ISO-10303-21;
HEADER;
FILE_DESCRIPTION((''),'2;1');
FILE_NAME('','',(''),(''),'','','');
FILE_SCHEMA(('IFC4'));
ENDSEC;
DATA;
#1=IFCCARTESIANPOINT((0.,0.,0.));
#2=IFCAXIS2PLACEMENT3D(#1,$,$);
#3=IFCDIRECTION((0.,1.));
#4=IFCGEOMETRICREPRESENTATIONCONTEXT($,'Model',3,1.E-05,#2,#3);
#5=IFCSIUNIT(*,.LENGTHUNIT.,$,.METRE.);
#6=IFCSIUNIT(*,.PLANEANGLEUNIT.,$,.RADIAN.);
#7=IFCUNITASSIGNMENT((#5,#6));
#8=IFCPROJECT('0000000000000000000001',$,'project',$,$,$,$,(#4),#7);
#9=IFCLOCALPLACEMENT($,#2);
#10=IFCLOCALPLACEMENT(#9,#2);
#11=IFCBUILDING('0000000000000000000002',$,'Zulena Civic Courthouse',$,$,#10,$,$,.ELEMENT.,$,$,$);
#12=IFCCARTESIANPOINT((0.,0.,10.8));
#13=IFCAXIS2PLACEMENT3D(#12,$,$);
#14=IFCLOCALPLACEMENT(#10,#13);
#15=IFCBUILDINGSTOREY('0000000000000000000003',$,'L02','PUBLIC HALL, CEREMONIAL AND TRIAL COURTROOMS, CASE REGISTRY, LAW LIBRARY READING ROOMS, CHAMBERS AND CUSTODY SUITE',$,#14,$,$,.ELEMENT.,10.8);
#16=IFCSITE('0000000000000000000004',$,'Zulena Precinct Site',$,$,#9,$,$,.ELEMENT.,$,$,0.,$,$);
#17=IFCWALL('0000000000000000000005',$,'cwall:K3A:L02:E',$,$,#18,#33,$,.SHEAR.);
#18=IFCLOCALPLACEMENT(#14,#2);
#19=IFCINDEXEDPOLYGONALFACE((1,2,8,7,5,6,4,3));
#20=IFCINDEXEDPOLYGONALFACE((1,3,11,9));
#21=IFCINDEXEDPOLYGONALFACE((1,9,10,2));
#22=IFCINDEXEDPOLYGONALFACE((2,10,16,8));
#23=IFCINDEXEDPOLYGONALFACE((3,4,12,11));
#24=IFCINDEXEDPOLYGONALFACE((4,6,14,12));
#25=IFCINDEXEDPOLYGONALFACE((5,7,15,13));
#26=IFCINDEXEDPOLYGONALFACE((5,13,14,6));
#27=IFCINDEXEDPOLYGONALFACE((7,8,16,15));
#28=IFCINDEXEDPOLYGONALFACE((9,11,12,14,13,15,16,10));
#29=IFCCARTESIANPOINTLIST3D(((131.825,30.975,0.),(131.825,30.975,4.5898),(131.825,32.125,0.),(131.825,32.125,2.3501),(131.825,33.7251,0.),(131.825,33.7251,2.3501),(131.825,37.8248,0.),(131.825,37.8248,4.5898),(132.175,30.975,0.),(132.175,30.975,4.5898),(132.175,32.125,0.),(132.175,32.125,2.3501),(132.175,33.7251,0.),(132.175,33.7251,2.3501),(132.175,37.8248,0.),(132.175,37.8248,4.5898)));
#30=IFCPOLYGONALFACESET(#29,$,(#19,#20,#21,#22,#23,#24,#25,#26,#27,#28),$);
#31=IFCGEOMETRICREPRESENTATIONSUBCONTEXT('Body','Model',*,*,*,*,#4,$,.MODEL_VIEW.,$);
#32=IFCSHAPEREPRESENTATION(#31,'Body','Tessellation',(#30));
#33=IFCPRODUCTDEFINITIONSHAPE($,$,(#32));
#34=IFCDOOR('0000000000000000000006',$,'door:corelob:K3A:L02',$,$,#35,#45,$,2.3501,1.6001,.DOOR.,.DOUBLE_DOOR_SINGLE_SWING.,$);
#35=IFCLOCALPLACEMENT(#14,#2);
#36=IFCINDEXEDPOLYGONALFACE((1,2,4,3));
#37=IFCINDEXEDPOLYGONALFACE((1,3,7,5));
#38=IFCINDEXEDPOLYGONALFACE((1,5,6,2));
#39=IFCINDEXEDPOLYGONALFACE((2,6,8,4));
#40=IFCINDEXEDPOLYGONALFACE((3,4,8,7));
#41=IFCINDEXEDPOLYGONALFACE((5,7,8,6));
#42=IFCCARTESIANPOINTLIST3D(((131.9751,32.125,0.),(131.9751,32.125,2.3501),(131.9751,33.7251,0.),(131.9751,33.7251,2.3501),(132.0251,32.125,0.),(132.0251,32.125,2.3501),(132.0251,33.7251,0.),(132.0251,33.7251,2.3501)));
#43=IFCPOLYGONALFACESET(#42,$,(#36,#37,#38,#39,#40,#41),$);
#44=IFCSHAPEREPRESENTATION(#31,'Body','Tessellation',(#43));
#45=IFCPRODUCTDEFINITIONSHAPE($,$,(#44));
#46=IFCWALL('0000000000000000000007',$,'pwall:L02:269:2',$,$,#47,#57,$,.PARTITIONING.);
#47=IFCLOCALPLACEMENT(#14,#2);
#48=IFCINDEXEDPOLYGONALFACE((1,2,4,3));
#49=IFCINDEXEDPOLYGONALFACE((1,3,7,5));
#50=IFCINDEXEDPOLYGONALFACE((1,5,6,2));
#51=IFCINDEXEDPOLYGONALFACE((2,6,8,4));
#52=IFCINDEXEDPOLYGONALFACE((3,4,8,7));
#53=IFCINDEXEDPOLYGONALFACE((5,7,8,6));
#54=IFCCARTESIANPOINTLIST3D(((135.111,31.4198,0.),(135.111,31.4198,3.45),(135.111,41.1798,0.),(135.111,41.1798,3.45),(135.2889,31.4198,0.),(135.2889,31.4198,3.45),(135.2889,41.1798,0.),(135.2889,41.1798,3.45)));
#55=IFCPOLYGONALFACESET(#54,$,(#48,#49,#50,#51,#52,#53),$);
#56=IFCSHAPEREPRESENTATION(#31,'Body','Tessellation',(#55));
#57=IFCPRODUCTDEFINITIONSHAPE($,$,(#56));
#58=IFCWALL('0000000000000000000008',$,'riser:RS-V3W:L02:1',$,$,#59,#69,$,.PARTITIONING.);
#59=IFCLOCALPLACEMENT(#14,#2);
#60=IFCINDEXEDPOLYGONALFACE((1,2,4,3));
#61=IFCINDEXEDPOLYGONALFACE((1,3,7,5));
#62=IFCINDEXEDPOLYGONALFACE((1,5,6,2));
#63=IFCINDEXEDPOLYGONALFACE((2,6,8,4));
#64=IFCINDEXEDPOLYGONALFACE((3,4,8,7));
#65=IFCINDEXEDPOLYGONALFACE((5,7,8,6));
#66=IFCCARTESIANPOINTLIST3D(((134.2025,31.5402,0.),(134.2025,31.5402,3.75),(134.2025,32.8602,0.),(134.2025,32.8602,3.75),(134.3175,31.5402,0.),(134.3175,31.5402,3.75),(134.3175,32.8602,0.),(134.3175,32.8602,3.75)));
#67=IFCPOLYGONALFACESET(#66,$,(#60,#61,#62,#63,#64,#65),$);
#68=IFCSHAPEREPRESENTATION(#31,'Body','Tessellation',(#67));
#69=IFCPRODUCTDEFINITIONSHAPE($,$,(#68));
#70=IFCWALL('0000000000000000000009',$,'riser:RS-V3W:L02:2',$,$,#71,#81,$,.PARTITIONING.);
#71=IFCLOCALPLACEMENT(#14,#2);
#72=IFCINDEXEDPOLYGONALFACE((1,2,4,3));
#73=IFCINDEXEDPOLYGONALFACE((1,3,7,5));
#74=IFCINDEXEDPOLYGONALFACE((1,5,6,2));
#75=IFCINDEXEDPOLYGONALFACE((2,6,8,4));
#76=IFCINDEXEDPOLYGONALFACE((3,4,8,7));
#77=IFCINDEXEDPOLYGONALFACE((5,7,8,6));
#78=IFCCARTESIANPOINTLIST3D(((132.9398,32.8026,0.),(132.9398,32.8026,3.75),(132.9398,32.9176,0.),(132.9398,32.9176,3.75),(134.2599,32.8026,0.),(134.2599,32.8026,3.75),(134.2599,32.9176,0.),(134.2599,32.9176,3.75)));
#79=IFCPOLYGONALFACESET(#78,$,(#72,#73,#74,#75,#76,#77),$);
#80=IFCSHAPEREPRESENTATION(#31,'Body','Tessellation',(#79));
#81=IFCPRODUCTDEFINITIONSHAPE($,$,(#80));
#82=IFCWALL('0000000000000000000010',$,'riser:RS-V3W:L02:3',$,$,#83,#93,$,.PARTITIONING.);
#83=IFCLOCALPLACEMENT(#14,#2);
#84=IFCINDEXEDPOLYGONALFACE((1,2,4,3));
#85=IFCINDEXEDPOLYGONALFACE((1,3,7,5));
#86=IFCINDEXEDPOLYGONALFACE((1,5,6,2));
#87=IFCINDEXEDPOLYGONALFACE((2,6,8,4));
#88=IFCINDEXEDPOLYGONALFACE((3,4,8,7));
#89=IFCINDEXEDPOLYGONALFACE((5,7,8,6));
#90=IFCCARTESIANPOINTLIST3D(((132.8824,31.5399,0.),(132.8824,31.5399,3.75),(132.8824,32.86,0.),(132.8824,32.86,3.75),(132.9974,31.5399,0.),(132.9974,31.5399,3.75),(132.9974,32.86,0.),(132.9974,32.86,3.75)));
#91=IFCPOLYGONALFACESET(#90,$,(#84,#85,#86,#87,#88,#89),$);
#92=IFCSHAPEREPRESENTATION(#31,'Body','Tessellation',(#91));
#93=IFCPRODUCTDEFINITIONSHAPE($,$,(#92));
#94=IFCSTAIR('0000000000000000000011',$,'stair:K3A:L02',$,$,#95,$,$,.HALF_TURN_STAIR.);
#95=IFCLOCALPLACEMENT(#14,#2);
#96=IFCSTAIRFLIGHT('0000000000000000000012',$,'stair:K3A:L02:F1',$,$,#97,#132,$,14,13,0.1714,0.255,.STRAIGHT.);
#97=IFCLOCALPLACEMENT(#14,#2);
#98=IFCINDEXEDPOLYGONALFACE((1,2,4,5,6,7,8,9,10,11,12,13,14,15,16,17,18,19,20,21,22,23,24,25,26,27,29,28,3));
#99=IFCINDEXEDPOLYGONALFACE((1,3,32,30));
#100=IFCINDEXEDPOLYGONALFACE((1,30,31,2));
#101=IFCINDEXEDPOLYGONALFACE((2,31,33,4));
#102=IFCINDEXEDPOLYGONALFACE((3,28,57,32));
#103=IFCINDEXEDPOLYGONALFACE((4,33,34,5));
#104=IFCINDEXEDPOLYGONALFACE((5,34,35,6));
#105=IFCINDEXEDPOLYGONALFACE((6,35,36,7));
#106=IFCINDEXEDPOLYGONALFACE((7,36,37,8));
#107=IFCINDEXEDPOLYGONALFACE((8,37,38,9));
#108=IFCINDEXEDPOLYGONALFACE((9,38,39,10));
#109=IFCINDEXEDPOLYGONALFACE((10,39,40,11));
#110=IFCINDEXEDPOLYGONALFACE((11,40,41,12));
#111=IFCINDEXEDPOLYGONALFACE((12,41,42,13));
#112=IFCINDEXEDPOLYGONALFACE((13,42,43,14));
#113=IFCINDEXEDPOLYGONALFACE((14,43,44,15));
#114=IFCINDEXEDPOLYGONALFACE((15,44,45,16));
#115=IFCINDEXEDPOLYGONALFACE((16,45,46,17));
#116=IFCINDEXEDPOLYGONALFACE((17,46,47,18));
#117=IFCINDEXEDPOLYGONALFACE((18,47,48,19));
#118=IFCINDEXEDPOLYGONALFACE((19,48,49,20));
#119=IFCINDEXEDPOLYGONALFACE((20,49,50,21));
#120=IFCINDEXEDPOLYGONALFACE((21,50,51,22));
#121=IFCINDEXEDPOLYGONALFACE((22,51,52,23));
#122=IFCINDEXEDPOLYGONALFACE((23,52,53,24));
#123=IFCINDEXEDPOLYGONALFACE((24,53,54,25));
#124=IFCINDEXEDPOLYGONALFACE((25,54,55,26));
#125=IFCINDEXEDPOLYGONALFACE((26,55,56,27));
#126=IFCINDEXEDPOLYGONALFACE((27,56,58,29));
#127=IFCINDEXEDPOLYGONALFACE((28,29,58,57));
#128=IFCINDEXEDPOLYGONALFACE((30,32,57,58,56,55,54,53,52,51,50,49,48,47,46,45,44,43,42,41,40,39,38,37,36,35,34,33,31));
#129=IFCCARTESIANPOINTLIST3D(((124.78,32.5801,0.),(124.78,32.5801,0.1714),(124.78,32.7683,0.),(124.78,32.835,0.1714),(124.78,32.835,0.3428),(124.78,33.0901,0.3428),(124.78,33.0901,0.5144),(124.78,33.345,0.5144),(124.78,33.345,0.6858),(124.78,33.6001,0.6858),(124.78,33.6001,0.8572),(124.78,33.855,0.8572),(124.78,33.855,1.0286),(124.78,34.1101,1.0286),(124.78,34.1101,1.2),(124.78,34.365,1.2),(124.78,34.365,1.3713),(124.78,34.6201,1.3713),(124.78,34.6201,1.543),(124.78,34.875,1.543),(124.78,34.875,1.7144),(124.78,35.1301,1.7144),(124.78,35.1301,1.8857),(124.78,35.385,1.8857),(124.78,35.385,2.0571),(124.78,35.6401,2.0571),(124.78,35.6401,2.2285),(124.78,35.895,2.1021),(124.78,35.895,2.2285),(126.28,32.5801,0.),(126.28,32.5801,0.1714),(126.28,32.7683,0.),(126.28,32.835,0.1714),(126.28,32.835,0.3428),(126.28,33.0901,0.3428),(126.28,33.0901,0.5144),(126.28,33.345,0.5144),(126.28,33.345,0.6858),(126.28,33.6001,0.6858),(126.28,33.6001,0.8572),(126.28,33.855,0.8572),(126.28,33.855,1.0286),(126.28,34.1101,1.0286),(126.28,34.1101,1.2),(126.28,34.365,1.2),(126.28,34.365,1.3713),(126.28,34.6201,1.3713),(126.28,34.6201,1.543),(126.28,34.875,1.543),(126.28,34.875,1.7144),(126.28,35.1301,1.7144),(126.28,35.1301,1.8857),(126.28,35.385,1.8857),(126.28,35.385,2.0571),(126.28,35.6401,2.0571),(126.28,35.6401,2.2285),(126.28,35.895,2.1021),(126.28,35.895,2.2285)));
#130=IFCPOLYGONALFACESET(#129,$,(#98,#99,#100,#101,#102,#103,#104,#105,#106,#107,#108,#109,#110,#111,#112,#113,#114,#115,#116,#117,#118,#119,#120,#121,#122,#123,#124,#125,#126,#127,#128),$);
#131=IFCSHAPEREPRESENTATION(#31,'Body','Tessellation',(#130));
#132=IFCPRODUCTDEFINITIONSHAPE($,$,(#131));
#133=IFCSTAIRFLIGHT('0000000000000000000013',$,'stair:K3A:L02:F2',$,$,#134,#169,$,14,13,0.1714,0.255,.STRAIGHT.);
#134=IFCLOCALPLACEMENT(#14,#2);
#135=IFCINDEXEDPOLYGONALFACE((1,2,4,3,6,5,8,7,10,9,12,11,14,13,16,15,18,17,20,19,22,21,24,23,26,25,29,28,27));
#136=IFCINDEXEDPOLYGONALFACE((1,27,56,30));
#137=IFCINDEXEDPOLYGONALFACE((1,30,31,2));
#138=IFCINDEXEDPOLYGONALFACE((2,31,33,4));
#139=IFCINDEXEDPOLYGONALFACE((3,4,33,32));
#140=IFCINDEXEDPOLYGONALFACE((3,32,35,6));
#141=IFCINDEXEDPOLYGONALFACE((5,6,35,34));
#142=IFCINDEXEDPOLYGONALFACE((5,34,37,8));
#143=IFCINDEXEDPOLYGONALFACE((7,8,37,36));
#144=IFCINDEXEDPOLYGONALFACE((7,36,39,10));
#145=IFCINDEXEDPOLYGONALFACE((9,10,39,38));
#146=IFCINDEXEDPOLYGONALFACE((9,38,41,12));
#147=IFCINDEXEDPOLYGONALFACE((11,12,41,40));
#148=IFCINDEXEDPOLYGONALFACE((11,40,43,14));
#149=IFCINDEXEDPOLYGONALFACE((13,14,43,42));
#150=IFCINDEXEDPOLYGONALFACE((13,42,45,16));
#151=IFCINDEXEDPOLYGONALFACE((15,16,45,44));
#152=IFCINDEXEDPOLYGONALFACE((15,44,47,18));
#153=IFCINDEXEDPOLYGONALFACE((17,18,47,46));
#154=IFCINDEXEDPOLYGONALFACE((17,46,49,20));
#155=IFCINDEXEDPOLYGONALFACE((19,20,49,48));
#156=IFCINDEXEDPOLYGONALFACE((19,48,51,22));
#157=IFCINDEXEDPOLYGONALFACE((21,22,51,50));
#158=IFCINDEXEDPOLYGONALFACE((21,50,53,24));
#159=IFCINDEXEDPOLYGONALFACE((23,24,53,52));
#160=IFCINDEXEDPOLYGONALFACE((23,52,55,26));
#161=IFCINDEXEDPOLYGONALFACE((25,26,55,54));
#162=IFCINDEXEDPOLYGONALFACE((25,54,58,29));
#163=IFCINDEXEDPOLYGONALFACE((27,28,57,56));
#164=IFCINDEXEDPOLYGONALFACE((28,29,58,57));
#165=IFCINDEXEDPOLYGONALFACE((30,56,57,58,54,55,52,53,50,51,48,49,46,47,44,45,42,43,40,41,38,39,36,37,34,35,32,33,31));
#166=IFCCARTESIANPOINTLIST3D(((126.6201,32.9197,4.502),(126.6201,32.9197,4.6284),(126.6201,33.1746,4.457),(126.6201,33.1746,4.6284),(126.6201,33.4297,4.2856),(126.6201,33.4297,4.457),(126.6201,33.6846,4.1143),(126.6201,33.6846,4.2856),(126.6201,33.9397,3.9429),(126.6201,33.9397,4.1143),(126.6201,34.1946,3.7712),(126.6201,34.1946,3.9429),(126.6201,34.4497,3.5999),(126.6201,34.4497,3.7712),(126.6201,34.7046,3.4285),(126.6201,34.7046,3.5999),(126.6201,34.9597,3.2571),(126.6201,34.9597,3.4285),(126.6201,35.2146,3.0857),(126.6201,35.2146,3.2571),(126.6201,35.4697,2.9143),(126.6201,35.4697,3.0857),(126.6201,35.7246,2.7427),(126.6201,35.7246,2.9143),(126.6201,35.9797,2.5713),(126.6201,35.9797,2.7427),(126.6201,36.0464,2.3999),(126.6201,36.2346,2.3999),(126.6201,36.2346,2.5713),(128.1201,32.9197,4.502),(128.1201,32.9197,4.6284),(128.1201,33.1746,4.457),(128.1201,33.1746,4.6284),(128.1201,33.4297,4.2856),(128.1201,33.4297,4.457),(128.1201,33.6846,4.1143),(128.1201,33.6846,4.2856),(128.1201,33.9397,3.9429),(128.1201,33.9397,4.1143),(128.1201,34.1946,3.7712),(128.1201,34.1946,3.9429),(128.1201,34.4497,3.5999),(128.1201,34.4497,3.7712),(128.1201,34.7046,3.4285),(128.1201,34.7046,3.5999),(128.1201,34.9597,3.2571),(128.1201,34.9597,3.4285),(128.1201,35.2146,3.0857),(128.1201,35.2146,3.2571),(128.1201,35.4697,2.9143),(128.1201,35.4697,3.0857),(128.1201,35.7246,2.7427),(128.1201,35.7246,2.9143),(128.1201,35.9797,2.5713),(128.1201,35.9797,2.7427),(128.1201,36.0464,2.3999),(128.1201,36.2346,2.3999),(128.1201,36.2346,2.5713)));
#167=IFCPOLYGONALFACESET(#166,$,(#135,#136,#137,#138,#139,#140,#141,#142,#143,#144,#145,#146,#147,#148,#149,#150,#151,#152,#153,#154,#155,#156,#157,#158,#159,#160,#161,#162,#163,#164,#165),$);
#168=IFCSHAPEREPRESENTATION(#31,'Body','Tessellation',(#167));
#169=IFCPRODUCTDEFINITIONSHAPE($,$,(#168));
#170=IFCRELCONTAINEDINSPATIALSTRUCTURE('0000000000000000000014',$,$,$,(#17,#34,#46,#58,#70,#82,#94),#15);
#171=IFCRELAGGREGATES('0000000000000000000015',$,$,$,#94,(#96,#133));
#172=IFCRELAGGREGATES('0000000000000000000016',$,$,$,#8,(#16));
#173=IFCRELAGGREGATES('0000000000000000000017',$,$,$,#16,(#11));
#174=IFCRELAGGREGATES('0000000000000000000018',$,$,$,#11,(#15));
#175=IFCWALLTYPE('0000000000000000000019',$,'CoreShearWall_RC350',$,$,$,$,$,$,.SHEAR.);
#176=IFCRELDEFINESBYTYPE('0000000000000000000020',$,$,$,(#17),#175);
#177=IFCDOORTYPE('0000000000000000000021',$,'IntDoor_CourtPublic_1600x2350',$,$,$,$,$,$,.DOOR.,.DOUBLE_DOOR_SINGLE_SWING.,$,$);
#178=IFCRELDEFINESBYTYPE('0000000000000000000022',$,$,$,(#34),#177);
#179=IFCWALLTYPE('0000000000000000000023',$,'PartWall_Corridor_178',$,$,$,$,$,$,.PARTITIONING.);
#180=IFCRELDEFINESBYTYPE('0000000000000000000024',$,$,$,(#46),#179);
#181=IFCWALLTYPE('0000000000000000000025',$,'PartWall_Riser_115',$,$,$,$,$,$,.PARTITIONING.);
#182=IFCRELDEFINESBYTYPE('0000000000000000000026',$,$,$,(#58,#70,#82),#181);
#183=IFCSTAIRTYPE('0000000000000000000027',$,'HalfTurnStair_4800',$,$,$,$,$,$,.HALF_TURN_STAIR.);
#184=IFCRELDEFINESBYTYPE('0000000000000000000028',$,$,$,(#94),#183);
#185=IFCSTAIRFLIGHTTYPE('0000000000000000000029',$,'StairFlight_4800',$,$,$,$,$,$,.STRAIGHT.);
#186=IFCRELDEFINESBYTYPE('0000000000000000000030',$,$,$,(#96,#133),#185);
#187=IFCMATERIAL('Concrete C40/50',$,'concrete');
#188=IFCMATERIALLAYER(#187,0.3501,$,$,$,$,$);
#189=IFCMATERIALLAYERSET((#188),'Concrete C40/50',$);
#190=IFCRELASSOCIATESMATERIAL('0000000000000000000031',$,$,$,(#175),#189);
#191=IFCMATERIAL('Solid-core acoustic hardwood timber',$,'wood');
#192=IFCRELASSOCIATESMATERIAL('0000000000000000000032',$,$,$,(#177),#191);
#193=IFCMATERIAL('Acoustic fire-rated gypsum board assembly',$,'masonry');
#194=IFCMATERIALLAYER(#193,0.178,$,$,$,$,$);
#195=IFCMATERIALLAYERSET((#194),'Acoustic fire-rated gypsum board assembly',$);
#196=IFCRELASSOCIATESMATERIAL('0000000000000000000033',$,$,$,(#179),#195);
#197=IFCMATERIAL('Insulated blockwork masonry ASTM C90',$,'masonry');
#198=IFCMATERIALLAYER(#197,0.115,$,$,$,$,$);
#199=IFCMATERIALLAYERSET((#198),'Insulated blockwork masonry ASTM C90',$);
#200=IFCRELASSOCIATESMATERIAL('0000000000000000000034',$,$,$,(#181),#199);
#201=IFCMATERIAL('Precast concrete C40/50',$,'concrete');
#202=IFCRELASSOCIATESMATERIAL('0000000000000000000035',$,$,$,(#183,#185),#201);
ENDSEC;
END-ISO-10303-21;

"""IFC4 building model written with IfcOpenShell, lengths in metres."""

from ifc_helpers import new_model, si_unit, direction, frame, frame_2d, origin, place, context, subcontext, project, spatial, polyline, rectangle, outline, extrude, material, layer, layer_set, type_object, element, fill, aggregate, save


model = new_model("IFC4")

# Units and contexts
model_context = context("Model", 3, precision=1e-05, world=origin(), true_north=direction((0.0, 1.0)))
body_context = subcontext(model_context, "Body", "Model", "MODEL_VIEW")
ifc_project = project(units=[si_unit("LENGTHUNIT", "METRE"), si_unit("PLANEANGLEUNIT", "RADIAN")], contexts=[model_context])

# Site, building, storey
site_placement = place(None, origin())
site = spatial("IfcSite", under=ifc_project, at=site_placement, Name="Zulena Precinct Site", CompositionType="ELEMENT", RefElevation=0.0)
building_placement = place(site_placement, origin())
building = spatial("IfcBuilding", under=site, at=building_placement, Name="Zulena Civic Courthouse", CompositionType="ELEMENT")
storey_placement = place(building_placement, frame((0.0, 0.0, 10.8)))
storey = spatial("IfcBuildingStorey", under=building, at=storey_placement, Name="L02", Description="PUBLIC HALL, CEREMONIAL AND TRIAL COURTROOMS, CASE REGISTRY, LAW LIBRARY READING ROOMS, CHAMBERS AND CUSTODY SUITE", CompositionType="ELEMENT", Elevation=10.8)

# Shared definitions
ifc_material_1 = material(Name="Concrete C40/50", Category="concrete")

# Shared definitions
ifc_layer_1 = layer(ifc_material_1, 0.3501)
ifc_layer_set_1 = layer_set([ifc_layer_1], Name="Concrete C40/50")
wall_type_1 = type_object("IfcWallType", Name="CoreShearWall_RC350", PredefinedType="SHEAR", material=ifc_layer_set_1)

# Wall, opening, door
wall_1_placement = place(storey_placement, frame((132.0, 30.9751, 0.0), z_axis=(0.0, 0.0, 1.0), x_axis=(0.0, 1.0, 0.0)))
wall_1 = element("IfcWall", 1, at=wall_1_placement, inside=storey, type_object=wall_type_1, Name="cwall:K3A:L02:E", PredefinedType="SHEAR", context=body_context, shape_type="SweptSolid", body=[
    extrude(rectangle(XDim=6.8499, YDim=0.3501, at=frame_2d((3.4248, 0.0))), origin(), (0.0, 0.0, 1.0), 4.5898),
])
opening_1_placement = place(wall_1_placement, frame((1.1499, 0.0, 0.0)))
opening_1 = element("IfcOpeningElement", 2, at=opening_1_placement, cuts=wall_1, PredefinedType="OPENING", context=body_context, shape_type="SweptSolid", body=[
    extrude(rectangle(XDim=1.6001, YDim=2.3501, at=frame_2d((0.8, 1.175))), frame((0.0, 0.1851, 0.0), z_axis=(0.0, -1.0, 0.0), x_axis=(1.0, 0.0, 0.0)), (0.0, 0.0, 1.0), 0.3701),
])
ifc_material_2 = material(Name="Solid-core acoustic hardwood timber", Category="wood")
door_type_1 = type_object("IfcDoorType", Name="IntDoor_CourtPublic_1600x2350", OperationType="DOUBLE_DOOR_SINGLE_SWING", PredefinedType="DOOR", material=ifc_material_2)
door_1_placement = place(opening_1_placement, origin())
door_1 = element("IfcDoor", 3, at=door_1_placement, inside=storey, type_object=door_type_1, Name="door:corelob:K3A:L02", OperationType="DOUBLE_DOOR_SINGLE_SWING", OverallHeight=2.3501, OverallWidth=1.6001, PredefinedType="DOOR", context=body_context, shape_type="SweptSolid", body=[
    extrude(rectangle(XDim=1.6001, YDim=2.3501, at=frame_2d((0.8, 1.175))), frame((0.0, 0.0249, 0.0), z_axis=(0.0, -1.0, 0.0), x_axis=(1.0, 0.0, 0.0)), (0.0, 0.0, 1.0), 0.05),
])
fill(opening_1, door_1)

# Walls
ifc_material_3 = material(Name="Acoustic fire-rated gypsum board assembly", Category="masonry")
ifc_layer_2 = layer(ifc_material_3, 0.178)
ifc_layer_set_2 = layer_set([ifc_layer_2], Name="Acoustic fire-rated gypsum board assembly")
wall_type_2 = type_object("IfcWallType", Name="PartWall_Corridor_178", PredefinedType="PARTITIONING", material=ifc_layer_set_2)
wall_2_placement = place(storey_placement, frame((135.2, 31.4199, 0.0), z_axis=(0.0, 0.0, 1.0), x_axis=(0.0, 1.0, 0.0)))
element("IfcWall", 4, at=wall_2_placement, inside=storey, type_object=wall_type_2, Name="pwall:L02:269:2", PredefinedType="PARTITIONING", context=body_context, shape_type="SweptSolid", body=[
    extrude(rectangle(XDim=9.76, YDim=0.178, at=frame_2d((4.8799, 0.0))), origin(), (0.0, 0.0, 1.0), 3.45),
])
ifc_material_4 = material(Name="Insulated blockwork masonry ASTM C90", Category="masonry")
ifc_layer_3 = layer(ifc_material_4, 0.115)
ifc_layer_set_3 = layer_set([ifc_layer_3], Name="Insulated blockwork masonry ASTM C90")
wall_type_3 = type_object("IfcWallType", Name="PartWall_Riser_115", PredefinedType="PARTITIONING", material=ifc_layer_set_3)
for number, where, z_axis, x_axis, name in (
    (5, (134.26, 31.54, 0.0), (0.0, 0.0, 1.0), (0.0, 1.0, 0.0), "riser:RS-V3W:L02:1"),
    (6, (134.26, 32.8601, 0.0), (0.0, 0.0, 1.0), (-1.0, 0.0, 0.0), "riser:RS-V3W:L02:2"),
    (7, (132.9399, 32.8601, 0.0), (0.0, 0.0, 1.0), (0.0, -1.0, 0.0), "riser:RS-V3W:L02:3"),
):
    element("IfcWall", number, at=place(storey_placement, frame(where, z_axis=z_axis, x_axis=x_axis)), inside=storey, type_object=wall_type_3, Name=name, PredefinedType="PARTITIONING", context=body_context, shape_type="SweptSolid", body=[
        extrude(rectangle(XDim=1.3201, YDim=0.115, at=frame_2d((0.6602, 0.0))), origin(), (0.0, 0.0, 1.0), 3.75),
    ])

# Stair, stair flights
ifc_material_5 = material(Name="Precast concrete C40/50", Category="concrete")
stair_type = type_object("IfcStairType", Name="HalfTurnStair_4800", PredefinedType="HALF_TURN_STAIR", material=ifc_material_5)
stair_placement = place(storey_placement, origin())
stair = element("IfcStair", 8, at=stair_placement, inside=storey, type_object=stair_type, Name="stair:K3A:L02", PredefinedType="HALF_TURN_STAIR")
stair_flight_type = type_object("IfcStairFlightType", Name="StairFlight_4800", PredefinedType="STRAIGHT", material=ifc_material_5)
stair_flight_1_placement = place(storey_placement, frame((125.53, 32.5801, 0.0), z_axis=(0.0, 0.0, 1.0), x_axis=(0.0, 1.0, 0.0)))
stair_flight_1 = element("IfcStairFlight", 9, at=stair_flight_1_placement, type_object=stair_flight_type, Name="stair:K3A:L02:F1", NumberOfRisers=14, NumberOfTreads=13, PredefinedType="STRAIGHT", RiserHeight=0.1714, TreadLength=0.255, context=body_context, shape_type="SweptSolid", body=[
    extrude(outline(polyline([(0.0, 0.0), (0.0, 0.1714), (0.2549, 0.1714), (0.2549, 0.3428), (0.51, 0.3428), (0.51, 0.5144), (0.7649, 0.5144), (0.7649, 0.6858), (1.02, 0.6858), (1.02, 0.8572), (1.2749, 0.8572), (1.2749, 1.0286), (1.53, 1.0286), (1.53, 1.2), (1.7849, 1.2), (1.7849, 1.3713), (2.04, 1.3713), (2.04, 1.543), (2.2949, 1.543), (2.2949, 1.7144), (2.55, 1.7144), (2.55, 1.8857), (2.8049, 1.8857), (2.8049, 2.0571), (3.0601, 2.0571), (3.0601, 2.2285), (3.3149, 2.2285), (3.3149, 2.3999), (3.3149, 2.1021), (0.1882, 0.0), (0.0, 0.0)])), frame((0.0, 0.75, 0.0), z_axis=(0.0, -1.0, 0.0), x_axis=(1.0, 0.0, 0.0)), (0.0, 0.0, 1.0), 1.5),
])
stair_flight_2_placement = place(storey_placement, frame((127.3701, 36.2346, 2.3999), z_axis=(0.0, 0.0, 1.0), x_axis=(0.0, -1.0, 0.0)))
stair_flight_2 = element("IfcStairFlight", 10, at=stair_flight_2_placement, type_object=stair_flight_type, Name="stair:K3A:L02:F2", NumberOfRisers=14, NumberOfTreads=13, PredefinedType="STRAIGHT", RiserHeight=0.1714, TreadLength=0.255, context=body_context, shape_type="SweptSolid", body=[
    extrude(outline(polyline([(0.0, 0.0), (0.0, 0.1714), (0.2549, 0.1714), (0.2549, 0.3428), (0.51, 0.3428), (0.51, 0.5144), (0.7649, 0.5144), (0.7649, 0.6858), (1.02, 0.6858), (1.02, 0.8572), (1.2749, 0.8572), (1.2749, 1.0286), (1.53, 1.0286), (1.53, 1.2), (1.7849, 1.2), (1.7849, 1.3713), (2.04, 1.3713), (2.04, 1.543), (2.2949, 1.543), (2.2949, 1.7144), (2.55, 1.7144), (2.55, 1.8857), (2.8049, 1.8857), (2.8049, 2.0571), (3.0601, 2.0571), (3.0601, 2.2285), (3.3149, 2.2285), (3.3149, 2.3999), (3.3149, 2.1021), (0.1882, 0.0), (0.0, 0.0)])), frame((0.0, 0.75, 0.0), z_axis=(0.0, -1.0, 0.0), x_axis=(1.0, 0.0, 0.0)), (0.0, 0.0, 1.0), 1.5),
])
aggregate(stair, [stair_flight_1, stair_flight_2])

save(model, "model.ifc")
